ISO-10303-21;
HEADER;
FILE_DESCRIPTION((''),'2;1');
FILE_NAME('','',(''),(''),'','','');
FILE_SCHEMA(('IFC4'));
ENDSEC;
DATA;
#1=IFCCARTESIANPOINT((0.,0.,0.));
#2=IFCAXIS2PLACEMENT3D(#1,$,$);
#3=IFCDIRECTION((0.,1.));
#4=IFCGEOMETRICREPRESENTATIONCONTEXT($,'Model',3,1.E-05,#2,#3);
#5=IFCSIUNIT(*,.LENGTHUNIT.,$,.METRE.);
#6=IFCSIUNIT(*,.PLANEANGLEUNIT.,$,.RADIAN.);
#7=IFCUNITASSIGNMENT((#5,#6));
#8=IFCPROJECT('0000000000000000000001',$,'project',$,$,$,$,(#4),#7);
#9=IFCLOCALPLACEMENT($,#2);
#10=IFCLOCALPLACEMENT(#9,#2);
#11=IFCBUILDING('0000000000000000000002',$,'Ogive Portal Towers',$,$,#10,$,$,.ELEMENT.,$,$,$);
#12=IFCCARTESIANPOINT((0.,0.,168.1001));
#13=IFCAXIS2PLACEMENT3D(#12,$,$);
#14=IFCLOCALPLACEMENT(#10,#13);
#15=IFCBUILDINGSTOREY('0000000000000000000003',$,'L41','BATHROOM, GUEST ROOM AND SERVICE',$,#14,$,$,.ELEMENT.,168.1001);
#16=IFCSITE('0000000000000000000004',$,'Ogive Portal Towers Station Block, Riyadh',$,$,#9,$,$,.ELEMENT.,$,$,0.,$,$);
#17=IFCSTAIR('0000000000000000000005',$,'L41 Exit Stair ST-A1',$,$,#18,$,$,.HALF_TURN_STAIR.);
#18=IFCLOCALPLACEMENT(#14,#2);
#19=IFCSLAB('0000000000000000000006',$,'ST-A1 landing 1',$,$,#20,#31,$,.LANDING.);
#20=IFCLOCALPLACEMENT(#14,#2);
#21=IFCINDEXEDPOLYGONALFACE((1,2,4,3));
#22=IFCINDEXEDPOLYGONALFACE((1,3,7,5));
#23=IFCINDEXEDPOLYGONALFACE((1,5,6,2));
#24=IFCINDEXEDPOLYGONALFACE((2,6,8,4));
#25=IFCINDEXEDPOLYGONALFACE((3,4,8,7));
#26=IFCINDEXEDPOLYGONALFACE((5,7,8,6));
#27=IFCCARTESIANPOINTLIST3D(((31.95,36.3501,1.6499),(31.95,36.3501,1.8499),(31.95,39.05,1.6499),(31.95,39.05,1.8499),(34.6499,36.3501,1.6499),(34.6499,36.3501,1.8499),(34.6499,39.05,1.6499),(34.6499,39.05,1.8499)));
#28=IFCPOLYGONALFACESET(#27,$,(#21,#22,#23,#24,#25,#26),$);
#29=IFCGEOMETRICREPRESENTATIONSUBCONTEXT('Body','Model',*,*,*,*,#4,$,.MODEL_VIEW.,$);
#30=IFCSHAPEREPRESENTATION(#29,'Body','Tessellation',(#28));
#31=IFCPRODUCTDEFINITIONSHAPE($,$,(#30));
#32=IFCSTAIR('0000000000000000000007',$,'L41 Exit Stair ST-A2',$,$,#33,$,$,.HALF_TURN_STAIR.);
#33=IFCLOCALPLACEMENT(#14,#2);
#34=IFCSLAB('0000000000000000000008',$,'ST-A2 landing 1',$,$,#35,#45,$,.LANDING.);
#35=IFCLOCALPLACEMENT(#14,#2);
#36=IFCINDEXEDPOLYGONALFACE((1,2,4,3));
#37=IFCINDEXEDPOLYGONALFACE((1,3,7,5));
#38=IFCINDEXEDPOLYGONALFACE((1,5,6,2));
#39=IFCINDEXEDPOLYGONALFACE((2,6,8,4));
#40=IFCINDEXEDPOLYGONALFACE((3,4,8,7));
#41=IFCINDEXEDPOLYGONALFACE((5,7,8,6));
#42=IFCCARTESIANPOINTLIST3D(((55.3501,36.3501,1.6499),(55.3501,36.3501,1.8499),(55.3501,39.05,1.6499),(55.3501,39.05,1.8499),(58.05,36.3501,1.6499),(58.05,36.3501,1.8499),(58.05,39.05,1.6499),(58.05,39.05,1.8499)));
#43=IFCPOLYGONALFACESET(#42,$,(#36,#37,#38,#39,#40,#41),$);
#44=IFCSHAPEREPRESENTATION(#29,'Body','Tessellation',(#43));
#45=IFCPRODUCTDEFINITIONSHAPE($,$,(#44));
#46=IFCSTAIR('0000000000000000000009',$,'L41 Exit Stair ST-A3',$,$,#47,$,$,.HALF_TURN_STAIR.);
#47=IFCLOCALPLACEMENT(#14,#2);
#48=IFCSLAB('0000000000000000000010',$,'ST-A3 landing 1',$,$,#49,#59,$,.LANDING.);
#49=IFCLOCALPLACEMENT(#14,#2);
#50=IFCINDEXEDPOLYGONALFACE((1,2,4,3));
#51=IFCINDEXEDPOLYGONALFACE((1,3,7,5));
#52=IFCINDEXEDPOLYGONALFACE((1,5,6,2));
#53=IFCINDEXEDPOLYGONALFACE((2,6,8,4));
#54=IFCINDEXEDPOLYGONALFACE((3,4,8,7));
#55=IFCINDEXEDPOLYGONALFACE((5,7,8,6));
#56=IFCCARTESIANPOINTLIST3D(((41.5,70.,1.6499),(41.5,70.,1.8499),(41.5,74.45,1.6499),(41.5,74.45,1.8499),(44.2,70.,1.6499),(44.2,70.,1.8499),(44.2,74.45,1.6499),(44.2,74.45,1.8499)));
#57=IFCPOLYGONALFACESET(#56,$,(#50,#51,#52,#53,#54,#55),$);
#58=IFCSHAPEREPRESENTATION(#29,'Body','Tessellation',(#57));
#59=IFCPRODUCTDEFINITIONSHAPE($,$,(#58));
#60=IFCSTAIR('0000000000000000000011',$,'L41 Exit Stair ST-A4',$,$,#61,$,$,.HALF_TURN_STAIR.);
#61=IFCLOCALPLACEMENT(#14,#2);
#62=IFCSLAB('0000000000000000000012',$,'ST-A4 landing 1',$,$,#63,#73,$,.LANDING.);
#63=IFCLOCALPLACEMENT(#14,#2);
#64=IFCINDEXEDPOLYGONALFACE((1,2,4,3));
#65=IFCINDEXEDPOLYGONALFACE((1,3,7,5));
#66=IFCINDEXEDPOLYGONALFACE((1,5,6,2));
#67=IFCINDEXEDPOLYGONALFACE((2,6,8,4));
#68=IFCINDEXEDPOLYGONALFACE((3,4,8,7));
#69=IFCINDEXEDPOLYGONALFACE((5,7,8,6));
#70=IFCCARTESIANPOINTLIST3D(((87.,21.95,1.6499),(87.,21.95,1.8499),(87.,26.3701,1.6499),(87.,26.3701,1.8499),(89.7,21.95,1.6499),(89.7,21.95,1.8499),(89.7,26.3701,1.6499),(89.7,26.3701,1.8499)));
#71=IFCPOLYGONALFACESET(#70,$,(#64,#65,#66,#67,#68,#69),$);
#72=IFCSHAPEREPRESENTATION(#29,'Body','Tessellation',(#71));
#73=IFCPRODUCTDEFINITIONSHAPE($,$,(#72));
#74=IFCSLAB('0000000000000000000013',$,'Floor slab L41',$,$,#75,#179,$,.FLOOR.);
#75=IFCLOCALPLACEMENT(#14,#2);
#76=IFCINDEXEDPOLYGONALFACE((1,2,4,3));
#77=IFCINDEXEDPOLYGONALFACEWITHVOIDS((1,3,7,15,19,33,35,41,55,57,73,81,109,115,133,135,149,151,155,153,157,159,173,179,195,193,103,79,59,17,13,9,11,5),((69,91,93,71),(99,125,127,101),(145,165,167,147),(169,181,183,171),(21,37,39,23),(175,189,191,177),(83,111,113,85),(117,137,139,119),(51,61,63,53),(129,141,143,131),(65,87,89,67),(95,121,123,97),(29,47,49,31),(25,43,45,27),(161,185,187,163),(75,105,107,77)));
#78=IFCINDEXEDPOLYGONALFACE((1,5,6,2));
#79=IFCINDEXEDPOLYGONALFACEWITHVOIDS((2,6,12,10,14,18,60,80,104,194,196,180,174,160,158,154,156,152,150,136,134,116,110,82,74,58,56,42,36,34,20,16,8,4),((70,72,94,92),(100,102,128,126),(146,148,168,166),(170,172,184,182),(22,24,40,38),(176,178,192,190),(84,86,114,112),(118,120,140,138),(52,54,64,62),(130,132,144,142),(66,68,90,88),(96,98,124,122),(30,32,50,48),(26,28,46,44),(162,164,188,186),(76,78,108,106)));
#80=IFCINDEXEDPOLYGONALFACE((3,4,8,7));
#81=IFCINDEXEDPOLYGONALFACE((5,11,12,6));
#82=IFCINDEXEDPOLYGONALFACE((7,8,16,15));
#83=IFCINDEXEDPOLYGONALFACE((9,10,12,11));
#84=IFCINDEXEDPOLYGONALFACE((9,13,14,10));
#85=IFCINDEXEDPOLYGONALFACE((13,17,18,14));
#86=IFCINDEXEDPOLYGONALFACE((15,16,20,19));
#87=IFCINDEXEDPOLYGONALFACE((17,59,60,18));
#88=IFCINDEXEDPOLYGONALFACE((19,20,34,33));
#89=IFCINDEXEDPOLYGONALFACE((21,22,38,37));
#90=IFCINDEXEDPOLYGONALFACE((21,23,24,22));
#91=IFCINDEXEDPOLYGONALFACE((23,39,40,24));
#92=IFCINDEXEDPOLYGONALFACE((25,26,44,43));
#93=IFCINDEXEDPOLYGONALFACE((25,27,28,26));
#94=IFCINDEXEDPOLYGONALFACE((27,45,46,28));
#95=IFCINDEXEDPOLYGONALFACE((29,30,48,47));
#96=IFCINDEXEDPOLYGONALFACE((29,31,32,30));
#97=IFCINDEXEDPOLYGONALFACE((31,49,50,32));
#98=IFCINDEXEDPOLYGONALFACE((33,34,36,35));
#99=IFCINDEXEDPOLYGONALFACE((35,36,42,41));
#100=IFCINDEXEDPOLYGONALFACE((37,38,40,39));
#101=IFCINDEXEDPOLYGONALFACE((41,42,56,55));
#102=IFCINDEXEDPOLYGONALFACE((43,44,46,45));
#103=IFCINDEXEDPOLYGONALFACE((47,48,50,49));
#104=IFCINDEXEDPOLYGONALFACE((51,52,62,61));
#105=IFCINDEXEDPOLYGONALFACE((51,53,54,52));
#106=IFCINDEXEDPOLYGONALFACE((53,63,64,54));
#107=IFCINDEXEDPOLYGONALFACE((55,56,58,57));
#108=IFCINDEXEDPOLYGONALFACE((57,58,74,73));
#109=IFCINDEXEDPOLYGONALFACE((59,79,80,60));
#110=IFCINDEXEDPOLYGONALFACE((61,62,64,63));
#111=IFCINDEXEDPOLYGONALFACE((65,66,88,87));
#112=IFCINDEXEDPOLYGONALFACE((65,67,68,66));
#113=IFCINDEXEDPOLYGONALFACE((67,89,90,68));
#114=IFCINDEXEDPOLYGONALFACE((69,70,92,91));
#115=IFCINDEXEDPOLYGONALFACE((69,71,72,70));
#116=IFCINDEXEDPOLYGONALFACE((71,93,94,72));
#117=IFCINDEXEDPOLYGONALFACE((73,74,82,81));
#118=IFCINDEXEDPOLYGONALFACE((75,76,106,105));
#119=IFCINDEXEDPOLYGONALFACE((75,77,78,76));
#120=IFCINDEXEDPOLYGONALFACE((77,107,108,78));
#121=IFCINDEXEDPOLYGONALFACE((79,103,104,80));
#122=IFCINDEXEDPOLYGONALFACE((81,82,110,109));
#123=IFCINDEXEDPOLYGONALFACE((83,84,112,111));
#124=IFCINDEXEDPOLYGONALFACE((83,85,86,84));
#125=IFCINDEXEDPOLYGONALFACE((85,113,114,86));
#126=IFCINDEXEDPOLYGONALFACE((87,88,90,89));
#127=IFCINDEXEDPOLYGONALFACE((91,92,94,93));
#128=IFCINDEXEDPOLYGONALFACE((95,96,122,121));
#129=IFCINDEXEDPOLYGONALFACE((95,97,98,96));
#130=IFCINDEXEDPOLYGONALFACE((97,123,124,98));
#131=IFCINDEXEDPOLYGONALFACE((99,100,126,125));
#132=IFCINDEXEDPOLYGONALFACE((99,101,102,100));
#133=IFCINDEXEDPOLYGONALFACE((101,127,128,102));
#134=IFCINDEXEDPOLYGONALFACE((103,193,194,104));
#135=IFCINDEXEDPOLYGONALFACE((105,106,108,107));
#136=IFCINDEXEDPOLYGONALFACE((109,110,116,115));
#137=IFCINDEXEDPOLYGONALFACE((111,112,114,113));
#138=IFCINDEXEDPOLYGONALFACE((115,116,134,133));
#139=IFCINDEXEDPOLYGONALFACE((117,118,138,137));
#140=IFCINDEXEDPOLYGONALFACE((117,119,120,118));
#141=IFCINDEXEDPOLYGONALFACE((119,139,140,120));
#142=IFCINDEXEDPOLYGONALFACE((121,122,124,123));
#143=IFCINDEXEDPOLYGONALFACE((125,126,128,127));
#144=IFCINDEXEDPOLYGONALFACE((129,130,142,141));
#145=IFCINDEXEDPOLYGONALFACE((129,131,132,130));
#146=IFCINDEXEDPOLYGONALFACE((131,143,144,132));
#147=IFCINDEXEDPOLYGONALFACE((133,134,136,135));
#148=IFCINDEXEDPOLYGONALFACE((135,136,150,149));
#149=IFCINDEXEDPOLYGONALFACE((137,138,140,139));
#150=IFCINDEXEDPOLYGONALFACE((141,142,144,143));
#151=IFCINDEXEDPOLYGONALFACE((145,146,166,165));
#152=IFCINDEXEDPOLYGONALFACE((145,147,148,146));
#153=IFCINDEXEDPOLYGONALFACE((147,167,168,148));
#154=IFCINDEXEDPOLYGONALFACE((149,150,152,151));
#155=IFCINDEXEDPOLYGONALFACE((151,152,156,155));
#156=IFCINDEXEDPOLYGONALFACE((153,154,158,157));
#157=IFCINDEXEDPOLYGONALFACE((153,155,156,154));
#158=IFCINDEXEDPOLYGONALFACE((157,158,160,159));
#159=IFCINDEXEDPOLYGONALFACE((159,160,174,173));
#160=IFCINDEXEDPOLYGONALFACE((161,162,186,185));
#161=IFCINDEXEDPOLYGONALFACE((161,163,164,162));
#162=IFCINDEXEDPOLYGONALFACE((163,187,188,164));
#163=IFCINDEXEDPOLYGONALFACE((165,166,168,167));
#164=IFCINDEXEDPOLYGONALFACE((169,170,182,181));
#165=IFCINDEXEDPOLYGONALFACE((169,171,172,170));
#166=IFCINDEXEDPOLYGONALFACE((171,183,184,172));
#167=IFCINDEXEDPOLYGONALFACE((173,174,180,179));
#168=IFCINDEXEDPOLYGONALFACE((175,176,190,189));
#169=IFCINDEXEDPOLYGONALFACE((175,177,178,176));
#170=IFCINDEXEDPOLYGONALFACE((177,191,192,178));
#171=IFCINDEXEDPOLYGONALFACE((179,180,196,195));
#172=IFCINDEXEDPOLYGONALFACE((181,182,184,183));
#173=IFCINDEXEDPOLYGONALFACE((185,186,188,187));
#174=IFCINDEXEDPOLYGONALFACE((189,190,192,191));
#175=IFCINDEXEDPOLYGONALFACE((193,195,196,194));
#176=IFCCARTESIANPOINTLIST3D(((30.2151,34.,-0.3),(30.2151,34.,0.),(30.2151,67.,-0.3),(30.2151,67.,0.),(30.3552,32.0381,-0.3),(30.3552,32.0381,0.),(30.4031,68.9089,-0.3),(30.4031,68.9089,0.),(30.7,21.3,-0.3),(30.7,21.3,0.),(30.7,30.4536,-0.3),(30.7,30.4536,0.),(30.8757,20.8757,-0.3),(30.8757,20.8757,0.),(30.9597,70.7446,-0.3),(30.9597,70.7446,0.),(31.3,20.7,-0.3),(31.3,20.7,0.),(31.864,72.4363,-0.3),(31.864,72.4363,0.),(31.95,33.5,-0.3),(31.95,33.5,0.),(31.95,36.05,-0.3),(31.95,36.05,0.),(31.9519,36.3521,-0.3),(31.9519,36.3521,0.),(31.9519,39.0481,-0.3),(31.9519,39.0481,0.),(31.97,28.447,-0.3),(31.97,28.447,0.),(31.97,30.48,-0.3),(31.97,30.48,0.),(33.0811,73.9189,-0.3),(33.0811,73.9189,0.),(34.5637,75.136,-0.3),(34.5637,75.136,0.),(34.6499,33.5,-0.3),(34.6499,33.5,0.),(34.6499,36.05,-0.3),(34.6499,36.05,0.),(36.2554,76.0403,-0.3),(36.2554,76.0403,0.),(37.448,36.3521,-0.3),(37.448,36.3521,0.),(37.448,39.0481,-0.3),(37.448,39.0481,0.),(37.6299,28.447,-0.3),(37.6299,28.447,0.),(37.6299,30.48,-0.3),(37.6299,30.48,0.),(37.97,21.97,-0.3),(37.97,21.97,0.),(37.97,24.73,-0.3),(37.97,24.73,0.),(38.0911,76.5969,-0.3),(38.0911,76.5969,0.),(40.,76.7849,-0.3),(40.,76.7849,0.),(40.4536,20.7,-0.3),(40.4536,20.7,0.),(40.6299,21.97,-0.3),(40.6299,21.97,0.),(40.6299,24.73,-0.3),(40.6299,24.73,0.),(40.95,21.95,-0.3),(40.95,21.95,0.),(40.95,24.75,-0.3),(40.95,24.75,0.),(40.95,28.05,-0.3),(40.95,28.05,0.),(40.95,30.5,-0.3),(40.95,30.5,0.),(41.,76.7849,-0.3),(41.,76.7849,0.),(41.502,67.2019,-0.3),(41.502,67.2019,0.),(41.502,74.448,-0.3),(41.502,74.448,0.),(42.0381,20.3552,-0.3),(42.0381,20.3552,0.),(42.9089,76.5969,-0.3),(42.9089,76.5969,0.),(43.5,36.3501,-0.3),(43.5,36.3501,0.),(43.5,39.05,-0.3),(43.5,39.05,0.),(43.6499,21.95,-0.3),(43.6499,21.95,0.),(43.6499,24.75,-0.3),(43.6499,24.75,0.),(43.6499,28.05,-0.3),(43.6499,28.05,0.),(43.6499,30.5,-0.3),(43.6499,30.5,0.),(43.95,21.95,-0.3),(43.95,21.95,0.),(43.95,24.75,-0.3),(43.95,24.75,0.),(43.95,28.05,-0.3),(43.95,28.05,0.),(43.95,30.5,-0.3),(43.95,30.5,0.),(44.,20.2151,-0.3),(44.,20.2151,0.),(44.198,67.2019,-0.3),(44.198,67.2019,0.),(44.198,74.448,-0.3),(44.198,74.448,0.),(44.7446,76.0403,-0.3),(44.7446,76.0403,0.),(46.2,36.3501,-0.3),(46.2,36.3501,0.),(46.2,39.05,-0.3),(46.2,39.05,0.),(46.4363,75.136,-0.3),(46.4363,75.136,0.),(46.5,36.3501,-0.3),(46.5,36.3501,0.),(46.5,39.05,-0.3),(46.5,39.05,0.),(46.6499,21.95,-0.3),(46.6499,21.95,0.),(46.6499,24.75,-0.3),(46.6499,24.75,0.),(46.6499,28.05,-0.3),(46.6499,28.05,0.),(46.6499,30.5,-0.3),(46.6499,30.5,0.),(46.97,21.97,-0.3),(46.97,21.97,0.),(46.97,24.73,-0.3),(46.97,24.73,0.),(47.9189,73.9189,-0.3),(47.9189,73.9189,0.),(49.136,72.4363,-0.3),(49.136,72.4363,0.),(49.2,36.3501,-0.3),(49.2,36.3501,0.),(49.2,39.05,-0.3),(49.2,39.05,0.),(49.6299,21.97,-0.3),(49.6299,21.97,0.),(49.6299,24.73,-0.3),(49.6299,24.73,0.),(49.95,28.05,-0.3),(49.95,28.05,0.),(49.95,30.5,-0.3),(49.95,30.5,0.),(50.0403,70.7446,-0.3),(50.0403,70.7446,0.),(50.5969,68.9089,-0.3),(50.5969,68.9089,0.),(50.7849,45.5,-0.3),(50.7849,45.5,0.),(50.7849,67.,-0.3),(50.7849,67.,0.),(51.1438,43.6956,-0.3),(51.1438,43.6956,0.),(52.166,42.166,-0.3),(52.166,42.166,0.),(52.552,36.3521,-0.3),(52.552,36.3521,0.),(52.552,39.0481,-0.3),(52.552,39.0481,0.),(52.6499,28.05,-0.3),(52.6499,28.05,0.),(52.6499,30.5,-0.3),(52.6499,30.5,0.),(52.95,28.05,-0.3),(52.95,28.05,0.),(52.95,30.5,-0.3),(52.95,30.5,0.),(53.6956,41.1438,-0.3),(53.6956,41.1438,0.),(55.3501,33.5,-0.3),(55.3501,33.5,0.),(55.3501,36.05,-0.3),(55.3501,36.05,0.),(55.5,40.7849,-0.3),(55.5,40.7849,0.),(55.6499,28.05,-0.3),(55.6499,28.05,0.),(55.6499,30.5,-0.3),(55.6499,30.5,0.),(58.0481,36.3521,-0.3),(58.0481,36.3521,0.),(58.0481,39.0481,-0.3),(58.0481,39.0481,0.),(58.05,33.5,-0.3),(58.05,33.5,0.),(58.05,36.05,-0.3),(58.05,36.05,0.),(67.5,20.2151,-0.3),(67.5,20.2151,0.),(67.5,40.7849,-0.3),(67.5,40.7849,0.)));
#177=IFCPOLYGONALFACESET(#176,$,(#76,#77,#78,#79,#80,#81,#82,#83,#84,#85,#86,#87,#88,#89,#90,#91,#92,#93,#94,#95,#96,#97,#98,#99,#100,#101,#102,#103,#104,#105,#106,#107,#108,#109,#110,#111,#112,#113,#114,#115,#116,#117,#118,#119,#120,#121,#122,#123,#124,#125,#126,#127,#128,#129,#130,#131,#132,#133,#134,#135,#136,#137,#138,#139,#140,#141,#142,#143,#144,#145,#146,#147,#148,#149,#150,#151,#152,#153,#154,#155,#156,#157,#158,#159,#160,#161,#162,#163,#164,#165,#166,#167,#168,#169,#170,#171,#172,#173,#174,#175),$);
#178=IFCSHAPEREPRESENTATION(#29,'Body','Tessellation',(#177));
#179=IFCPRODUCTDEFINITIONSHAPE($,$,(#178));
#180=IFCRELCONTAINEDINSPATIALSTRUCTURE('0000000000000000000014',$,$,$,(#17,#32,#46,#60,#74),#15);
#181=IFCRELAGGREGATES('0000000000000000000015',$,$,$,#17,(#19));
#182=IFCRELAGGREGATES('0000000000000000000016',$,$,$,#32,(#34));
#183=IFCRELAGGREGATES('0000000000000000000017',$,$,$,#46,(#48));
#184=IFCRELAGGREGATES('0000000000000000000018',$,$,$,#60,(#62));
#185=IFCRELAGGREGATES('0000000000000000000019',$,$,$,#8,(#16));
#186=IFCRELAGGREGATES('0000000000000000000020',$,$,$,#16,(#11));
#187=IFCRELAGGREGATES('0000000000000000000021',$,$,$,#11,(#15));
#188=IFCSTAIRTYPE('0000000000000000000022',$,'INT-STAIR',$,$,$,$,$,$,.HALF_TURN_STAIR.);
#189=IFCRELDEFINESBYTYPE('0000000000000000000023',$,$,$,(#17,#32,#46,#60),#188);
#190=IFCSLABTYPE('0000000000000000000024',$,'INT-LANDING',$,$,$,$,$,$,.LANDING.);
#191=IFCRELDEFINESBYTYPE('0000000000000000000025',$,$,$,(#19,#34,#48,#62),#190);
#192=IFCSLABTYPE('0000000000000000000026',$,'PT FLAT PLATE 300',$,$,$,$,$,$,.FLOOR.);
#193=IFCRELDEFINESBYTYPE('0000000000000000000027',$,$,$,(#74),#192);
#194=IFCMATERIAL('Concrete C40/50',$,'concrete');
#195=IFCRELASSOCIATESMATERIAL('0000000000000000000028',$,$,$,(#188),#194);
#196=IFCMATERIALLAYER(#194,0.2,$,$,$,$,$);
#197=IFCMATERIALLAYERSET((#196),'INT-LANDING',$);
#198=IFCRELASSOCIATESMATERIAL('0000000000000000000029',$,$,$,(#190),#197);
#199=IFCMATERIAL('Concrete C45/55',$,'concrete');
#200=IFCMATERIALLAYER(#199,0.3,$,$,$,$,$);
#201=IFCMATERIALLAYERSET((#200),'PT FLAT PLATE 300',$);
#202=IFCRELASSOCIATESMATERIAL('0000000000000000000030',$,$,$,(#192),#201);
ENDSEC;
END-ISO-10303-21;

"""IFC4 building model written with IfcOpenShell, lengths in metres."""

from ifc_helpers import new_model, si_unit, direction, frame, origin, place, context, subcontext, project, spatial, polyline, outline, extrude, material, layer, layer_set, type_object, element, aggregate, save


model = new_model("IFC4")

# Units and contexts
model_context = context("Model", 3, precision=1e-05, world=origin(), true_north=direction((0.0, 1.0)))
body_context = subcontext(model_context, "Body", "Model", "MODEL_VIEW")
ifc_project = project(units=[si_unit("LENGTHUNIT", "METRE"), si_unit("PLANEANGLEUNIT", "RADIAN")], contexts=[model_context])

# Site, building, storey
site_placement = place(None, origin())
site = spatial("IfcSite", under=ifc_project, at=site_placement, Name="Ogive Portal Towers Station Block, Riyadh", CompositionType="ELEMENT", RefElevation=0.0)
building_placement = place(site_placement, origin())
building = spatial("IfcBuilding", under=site, at=building_placement, Name="Ogive Portal Towers", CompositionType="ELEMENT")
storey_placement = place(building_placement, frame((0.0, 0.0, 168.1001)))
storey = spatial("IfcBuildingStorey", under=building, at=storey_placement, Name="L41", Description="BATHROOM, GUEST ROOM AND SERVICE", CompositionType="ELEMENT", Elevation=168.1001)

# Stairs, slabs
ifc_material_1 = material(Name="Concrete C40/50", Category="concrete")
stair_type = type_object("IfcStairType", Name="INT-STAIR", PredefinedType="HALF_TURN_STAIR", material=ifc_material_1)
stair_1_placement = place(storey_placement, origin())
stair_1 = element("IfcStair", 1, at=stair_1_placement, inside=storey, type_object=stair_type, Name="L41 Exit Stair ST-A1", PredefinedType="HALF_TURN_STAIR")
ifc_layer_1 = layer(ifc_material_1, 0.2)
ifc_layer_set_1 = layer_set([ifc_layer_1], Name="INT-LANDING")
slab_type_1 = type_object("IfcSlabType", Name="INT-LANDING", PredefinedType="LANDING", material=ifc_layer_set_1)
slab_1_placement = place(storey_placement, frame((0.0, 0.0, 1.6499)))
slab_1 = element("IfcSlab", 2, at=slab_1_placement, type_object=slab_type_1, Name="ST-A1 landing 1", PredefinedType="LANDING", context=body_context, shape_type="SweptSolid", body=[
    extrude(outline(polyline([(34.6499, 39.05), (31.95, 39.05), (31.95, 36.3501), (34.6499, 36.3501), (34.6499, 39.05)])), origin(), (0.0, 0.0, 1.0), 0.2),
])
aggregate(stair_1, [slab_1])
stair_2_placement = place(storey_placement, origin())
stair_2 = element("IfcStair", 3, at=stair_2_placement, inside=storey, type_object=stair_type, Name="L41 Exit Stair ST-A2", PredefinedType="HALF_TURN_STAIR")
slab_2_placement = place(storey_placement, frame((0.0, 0.0, 1.6499)))
slab_2 = element("IfcSlab", 4, at=slab_2_placement, type_object=slab_type_1, Name="ST-A2 landing 1", PredefinedType="LANDING", context=body_context, shape_type="SweptSolid", body=[
    extrude(outline(polyline([(55.3501, 36.3501), (58.05, 36.3501), (58.05, 39.05), (55.3501, 39.05), (55.3501, 36.3501)])), origin(), (0.0, 0.0, 1.0), 0.2),
])
aggregate(stair_2, [slab_2])
stair_3_placement = place(storey_placement, origin())
stair_3 = element("IfcStair", 5, at=stair_3_placement, inside=storey, type_object=stair_type, Name="L41 Exit Stair ST-A3", PredefinedType="HALF_TURN_STAIR")
slab_3_placement = place(storey_placement, frame((0.0, 0.0, 1.6499)))
slab_3 = element("IfcSlab", 6, at=slab_3_placement, type_object=slab_type_1, Name="ST-A3 landing 1", PredefinedType="LANDING", context=body_context, shape_type="SweptSolid", body=[
    extrude(outline(polyline([(44.2, 70.0), (44.2, 74.45), (41.5, 74.45), (41.5, 70.0), (44.2, 70.0)])), origin(), (0.0, 0.0, 1.0), 0.2),
])
aggregate(stair_3, [slab_3])
stair_4_placement = place(storey_placement, origin())
stair_4 = element("IfcStair", 7, at=stair_4_placement, inside=storey, type_object=stair_type, Name="L41 Exit Stair ST-A4", PredefinedType="HALF_TURN_STAIR")
slab_4_placement = place(storey_placement, frame((0.0, 0.0, 1.6499)))
slab_4 = element("IfcSlab", 8, at=slab_4_placement, type_object=slab_type_1, Name="ST-A4 landing 1", PredefinedType="LANDING", context=body_context, shape_type="SweptSolid", body=[
    extrude(outline(polyline([(87.0, 26.3701), (87.0, 21.95), (89.7, 21.95), (89.7, 26.3701), (87.0, 26.3701)])), origin(), (0.0, 0.0, 1.0), 0.2),
])
aggregate(stair_4, [slab_4])

# Slab
ifc_material_2 = material(Name="Concrete C45/55", Category="concrete")
ifc_layer_2 = layer(ifc_material_2, 0.3)
ifc_layer_set_2 = layer_set([ifc_layer_2], Name="PT FLAT PLATE 300")
slab_type_2 = type_object("IfcSlabType", Name="PT FLAT PLATE 300", PredefinedType="FLOOR", material=ifc_layer_set_2)
slab_5_placement = place(storey_placement, frame((0.0, 0.0, -0.3)))
element("IfcSlab", 9, at=slab_5_placement, inside=storey, type_object=slab_type_2, Name="Floor slab L41", PredefinedType="FLOOR", context=body_context, shape_type="SweptSolid", body=[
    extrude(outline(polyline([(30.2151, 67.0), (30.2151, 34.0), (30.3552, 32.0381), (30.7, 30.4536), (30.7, 21.3), (30.8757, 20.8757), (31.3, 20.7), (40.4536, 20.7), (42.0381, 20.3552), (44.0, 20.2151), (67.5, 20.2151), (67.5, 40.7849), (55.5, 40.7849), (53.6956, 41.1438), (52.166, 42.166), (51.1438, 43.6956), (50.7849, 45.5), (50.7849, 67.0), (50.5969, 68.9089), (50.0403, 70.7446), (49.136, 72.4363), (47.9189, 73.9189), (46.4363, 75.136), (44.7446, 76.0403), (42.9089, 76.5969), (41.0, 76.7849), (40.0, 76.7849), (38.0911, 76.5969), (36.2554, 76.0403), (34.5637, 75.136), (33.0811, 73.9189), (31.864, 72.4363), (30.9597, 70.7446), (30.4031, 68.9089), (30.2151, 67.0)]), holes=[polyline([(40.6299, 21.97), (37.97, 21.97), (37.97, 24.73), (40.6299, 24.73), (40.6299, 21.97)]), polyline([(43.6499, 24.75), (43.6499, 21.95), (40.95, 21.95), (40.95, 24.75), (43.6499, 24.75)]), polyline([(46.6499, 24.75), (46.6499, 21.95), (43.95, 21.95), (43.95, 24.75), (46.6499, 24.75)]), polyline([(43.6499, 30.5), (43.6499, 28.05), (40.95, 28.05), (40.95, 30.5), (43.6499, 30.5)]), polyline([(37.6299, 28.447), (31.97, 28.447), (31.97, 30.48), (37.6299, 30.48), (37.6299, 28.447)]), polyline([(34.6499, 36.05), (34.6499, 33.5), (31.95, 33.5), (31.95, 36.05), (34.6499, 36.05)]), polyline([(31.9519, 39.0481), (37.448, 39.0481), (37.448, 36.3521), (31.9519, 36.3521), (31.9519, 39.0481)]), polyline([(46.2, 36.3501), (43.5, 36.3501), (43.5, 39.05), (46.2, 39.05), (46.2, 36.3501)]), polyline([(44.198, 67.2019), (41.502, 67.2019), (41.502, 74.448), (44.198, 74.448), (44.198, 67.2019)]), polyline([(49.6299, 21.97), (46.97, 21.97), (46.97, 24.73), (49.6299, 24.73), (49.6299, 21.97)]), polyline([(46.6499, 30.5), (46.6499, 28.05), (43.95, 28.05), (43.95, 30.5), (46.6499, 30.5)]), polyline([(52.6499, 30.5), (52.6499, 28.05), (49.95, 28.05), (49.95, 30.5), (52.6499, 30.5)]), polyline([(55.6499, 30.5), (55.6499, 28.05), (52.95, 28.05), (52.95, 30.5), (55.6499, 30.5)]), polyline([(58.05, 36.05), (58.05, 33.5), (55.3501, 33.5), (55.3501, 36.05), (58.05, 36.05)]), polyline([(49.2, 36.3501), (46.5, 36.3501), (46.5, 39.05), (49.2, 39.05), (49.2, 36.3501)]), polyline([(52.552, 36.3521), (52.552, 39.0481), (58.0481, 39.0481), (58.0481, 36.3521), (52.552, 36.3521)])]), origin(), (0.0, 0.0, 1.0), 0.3),
])

save(model, "model.ifc")
